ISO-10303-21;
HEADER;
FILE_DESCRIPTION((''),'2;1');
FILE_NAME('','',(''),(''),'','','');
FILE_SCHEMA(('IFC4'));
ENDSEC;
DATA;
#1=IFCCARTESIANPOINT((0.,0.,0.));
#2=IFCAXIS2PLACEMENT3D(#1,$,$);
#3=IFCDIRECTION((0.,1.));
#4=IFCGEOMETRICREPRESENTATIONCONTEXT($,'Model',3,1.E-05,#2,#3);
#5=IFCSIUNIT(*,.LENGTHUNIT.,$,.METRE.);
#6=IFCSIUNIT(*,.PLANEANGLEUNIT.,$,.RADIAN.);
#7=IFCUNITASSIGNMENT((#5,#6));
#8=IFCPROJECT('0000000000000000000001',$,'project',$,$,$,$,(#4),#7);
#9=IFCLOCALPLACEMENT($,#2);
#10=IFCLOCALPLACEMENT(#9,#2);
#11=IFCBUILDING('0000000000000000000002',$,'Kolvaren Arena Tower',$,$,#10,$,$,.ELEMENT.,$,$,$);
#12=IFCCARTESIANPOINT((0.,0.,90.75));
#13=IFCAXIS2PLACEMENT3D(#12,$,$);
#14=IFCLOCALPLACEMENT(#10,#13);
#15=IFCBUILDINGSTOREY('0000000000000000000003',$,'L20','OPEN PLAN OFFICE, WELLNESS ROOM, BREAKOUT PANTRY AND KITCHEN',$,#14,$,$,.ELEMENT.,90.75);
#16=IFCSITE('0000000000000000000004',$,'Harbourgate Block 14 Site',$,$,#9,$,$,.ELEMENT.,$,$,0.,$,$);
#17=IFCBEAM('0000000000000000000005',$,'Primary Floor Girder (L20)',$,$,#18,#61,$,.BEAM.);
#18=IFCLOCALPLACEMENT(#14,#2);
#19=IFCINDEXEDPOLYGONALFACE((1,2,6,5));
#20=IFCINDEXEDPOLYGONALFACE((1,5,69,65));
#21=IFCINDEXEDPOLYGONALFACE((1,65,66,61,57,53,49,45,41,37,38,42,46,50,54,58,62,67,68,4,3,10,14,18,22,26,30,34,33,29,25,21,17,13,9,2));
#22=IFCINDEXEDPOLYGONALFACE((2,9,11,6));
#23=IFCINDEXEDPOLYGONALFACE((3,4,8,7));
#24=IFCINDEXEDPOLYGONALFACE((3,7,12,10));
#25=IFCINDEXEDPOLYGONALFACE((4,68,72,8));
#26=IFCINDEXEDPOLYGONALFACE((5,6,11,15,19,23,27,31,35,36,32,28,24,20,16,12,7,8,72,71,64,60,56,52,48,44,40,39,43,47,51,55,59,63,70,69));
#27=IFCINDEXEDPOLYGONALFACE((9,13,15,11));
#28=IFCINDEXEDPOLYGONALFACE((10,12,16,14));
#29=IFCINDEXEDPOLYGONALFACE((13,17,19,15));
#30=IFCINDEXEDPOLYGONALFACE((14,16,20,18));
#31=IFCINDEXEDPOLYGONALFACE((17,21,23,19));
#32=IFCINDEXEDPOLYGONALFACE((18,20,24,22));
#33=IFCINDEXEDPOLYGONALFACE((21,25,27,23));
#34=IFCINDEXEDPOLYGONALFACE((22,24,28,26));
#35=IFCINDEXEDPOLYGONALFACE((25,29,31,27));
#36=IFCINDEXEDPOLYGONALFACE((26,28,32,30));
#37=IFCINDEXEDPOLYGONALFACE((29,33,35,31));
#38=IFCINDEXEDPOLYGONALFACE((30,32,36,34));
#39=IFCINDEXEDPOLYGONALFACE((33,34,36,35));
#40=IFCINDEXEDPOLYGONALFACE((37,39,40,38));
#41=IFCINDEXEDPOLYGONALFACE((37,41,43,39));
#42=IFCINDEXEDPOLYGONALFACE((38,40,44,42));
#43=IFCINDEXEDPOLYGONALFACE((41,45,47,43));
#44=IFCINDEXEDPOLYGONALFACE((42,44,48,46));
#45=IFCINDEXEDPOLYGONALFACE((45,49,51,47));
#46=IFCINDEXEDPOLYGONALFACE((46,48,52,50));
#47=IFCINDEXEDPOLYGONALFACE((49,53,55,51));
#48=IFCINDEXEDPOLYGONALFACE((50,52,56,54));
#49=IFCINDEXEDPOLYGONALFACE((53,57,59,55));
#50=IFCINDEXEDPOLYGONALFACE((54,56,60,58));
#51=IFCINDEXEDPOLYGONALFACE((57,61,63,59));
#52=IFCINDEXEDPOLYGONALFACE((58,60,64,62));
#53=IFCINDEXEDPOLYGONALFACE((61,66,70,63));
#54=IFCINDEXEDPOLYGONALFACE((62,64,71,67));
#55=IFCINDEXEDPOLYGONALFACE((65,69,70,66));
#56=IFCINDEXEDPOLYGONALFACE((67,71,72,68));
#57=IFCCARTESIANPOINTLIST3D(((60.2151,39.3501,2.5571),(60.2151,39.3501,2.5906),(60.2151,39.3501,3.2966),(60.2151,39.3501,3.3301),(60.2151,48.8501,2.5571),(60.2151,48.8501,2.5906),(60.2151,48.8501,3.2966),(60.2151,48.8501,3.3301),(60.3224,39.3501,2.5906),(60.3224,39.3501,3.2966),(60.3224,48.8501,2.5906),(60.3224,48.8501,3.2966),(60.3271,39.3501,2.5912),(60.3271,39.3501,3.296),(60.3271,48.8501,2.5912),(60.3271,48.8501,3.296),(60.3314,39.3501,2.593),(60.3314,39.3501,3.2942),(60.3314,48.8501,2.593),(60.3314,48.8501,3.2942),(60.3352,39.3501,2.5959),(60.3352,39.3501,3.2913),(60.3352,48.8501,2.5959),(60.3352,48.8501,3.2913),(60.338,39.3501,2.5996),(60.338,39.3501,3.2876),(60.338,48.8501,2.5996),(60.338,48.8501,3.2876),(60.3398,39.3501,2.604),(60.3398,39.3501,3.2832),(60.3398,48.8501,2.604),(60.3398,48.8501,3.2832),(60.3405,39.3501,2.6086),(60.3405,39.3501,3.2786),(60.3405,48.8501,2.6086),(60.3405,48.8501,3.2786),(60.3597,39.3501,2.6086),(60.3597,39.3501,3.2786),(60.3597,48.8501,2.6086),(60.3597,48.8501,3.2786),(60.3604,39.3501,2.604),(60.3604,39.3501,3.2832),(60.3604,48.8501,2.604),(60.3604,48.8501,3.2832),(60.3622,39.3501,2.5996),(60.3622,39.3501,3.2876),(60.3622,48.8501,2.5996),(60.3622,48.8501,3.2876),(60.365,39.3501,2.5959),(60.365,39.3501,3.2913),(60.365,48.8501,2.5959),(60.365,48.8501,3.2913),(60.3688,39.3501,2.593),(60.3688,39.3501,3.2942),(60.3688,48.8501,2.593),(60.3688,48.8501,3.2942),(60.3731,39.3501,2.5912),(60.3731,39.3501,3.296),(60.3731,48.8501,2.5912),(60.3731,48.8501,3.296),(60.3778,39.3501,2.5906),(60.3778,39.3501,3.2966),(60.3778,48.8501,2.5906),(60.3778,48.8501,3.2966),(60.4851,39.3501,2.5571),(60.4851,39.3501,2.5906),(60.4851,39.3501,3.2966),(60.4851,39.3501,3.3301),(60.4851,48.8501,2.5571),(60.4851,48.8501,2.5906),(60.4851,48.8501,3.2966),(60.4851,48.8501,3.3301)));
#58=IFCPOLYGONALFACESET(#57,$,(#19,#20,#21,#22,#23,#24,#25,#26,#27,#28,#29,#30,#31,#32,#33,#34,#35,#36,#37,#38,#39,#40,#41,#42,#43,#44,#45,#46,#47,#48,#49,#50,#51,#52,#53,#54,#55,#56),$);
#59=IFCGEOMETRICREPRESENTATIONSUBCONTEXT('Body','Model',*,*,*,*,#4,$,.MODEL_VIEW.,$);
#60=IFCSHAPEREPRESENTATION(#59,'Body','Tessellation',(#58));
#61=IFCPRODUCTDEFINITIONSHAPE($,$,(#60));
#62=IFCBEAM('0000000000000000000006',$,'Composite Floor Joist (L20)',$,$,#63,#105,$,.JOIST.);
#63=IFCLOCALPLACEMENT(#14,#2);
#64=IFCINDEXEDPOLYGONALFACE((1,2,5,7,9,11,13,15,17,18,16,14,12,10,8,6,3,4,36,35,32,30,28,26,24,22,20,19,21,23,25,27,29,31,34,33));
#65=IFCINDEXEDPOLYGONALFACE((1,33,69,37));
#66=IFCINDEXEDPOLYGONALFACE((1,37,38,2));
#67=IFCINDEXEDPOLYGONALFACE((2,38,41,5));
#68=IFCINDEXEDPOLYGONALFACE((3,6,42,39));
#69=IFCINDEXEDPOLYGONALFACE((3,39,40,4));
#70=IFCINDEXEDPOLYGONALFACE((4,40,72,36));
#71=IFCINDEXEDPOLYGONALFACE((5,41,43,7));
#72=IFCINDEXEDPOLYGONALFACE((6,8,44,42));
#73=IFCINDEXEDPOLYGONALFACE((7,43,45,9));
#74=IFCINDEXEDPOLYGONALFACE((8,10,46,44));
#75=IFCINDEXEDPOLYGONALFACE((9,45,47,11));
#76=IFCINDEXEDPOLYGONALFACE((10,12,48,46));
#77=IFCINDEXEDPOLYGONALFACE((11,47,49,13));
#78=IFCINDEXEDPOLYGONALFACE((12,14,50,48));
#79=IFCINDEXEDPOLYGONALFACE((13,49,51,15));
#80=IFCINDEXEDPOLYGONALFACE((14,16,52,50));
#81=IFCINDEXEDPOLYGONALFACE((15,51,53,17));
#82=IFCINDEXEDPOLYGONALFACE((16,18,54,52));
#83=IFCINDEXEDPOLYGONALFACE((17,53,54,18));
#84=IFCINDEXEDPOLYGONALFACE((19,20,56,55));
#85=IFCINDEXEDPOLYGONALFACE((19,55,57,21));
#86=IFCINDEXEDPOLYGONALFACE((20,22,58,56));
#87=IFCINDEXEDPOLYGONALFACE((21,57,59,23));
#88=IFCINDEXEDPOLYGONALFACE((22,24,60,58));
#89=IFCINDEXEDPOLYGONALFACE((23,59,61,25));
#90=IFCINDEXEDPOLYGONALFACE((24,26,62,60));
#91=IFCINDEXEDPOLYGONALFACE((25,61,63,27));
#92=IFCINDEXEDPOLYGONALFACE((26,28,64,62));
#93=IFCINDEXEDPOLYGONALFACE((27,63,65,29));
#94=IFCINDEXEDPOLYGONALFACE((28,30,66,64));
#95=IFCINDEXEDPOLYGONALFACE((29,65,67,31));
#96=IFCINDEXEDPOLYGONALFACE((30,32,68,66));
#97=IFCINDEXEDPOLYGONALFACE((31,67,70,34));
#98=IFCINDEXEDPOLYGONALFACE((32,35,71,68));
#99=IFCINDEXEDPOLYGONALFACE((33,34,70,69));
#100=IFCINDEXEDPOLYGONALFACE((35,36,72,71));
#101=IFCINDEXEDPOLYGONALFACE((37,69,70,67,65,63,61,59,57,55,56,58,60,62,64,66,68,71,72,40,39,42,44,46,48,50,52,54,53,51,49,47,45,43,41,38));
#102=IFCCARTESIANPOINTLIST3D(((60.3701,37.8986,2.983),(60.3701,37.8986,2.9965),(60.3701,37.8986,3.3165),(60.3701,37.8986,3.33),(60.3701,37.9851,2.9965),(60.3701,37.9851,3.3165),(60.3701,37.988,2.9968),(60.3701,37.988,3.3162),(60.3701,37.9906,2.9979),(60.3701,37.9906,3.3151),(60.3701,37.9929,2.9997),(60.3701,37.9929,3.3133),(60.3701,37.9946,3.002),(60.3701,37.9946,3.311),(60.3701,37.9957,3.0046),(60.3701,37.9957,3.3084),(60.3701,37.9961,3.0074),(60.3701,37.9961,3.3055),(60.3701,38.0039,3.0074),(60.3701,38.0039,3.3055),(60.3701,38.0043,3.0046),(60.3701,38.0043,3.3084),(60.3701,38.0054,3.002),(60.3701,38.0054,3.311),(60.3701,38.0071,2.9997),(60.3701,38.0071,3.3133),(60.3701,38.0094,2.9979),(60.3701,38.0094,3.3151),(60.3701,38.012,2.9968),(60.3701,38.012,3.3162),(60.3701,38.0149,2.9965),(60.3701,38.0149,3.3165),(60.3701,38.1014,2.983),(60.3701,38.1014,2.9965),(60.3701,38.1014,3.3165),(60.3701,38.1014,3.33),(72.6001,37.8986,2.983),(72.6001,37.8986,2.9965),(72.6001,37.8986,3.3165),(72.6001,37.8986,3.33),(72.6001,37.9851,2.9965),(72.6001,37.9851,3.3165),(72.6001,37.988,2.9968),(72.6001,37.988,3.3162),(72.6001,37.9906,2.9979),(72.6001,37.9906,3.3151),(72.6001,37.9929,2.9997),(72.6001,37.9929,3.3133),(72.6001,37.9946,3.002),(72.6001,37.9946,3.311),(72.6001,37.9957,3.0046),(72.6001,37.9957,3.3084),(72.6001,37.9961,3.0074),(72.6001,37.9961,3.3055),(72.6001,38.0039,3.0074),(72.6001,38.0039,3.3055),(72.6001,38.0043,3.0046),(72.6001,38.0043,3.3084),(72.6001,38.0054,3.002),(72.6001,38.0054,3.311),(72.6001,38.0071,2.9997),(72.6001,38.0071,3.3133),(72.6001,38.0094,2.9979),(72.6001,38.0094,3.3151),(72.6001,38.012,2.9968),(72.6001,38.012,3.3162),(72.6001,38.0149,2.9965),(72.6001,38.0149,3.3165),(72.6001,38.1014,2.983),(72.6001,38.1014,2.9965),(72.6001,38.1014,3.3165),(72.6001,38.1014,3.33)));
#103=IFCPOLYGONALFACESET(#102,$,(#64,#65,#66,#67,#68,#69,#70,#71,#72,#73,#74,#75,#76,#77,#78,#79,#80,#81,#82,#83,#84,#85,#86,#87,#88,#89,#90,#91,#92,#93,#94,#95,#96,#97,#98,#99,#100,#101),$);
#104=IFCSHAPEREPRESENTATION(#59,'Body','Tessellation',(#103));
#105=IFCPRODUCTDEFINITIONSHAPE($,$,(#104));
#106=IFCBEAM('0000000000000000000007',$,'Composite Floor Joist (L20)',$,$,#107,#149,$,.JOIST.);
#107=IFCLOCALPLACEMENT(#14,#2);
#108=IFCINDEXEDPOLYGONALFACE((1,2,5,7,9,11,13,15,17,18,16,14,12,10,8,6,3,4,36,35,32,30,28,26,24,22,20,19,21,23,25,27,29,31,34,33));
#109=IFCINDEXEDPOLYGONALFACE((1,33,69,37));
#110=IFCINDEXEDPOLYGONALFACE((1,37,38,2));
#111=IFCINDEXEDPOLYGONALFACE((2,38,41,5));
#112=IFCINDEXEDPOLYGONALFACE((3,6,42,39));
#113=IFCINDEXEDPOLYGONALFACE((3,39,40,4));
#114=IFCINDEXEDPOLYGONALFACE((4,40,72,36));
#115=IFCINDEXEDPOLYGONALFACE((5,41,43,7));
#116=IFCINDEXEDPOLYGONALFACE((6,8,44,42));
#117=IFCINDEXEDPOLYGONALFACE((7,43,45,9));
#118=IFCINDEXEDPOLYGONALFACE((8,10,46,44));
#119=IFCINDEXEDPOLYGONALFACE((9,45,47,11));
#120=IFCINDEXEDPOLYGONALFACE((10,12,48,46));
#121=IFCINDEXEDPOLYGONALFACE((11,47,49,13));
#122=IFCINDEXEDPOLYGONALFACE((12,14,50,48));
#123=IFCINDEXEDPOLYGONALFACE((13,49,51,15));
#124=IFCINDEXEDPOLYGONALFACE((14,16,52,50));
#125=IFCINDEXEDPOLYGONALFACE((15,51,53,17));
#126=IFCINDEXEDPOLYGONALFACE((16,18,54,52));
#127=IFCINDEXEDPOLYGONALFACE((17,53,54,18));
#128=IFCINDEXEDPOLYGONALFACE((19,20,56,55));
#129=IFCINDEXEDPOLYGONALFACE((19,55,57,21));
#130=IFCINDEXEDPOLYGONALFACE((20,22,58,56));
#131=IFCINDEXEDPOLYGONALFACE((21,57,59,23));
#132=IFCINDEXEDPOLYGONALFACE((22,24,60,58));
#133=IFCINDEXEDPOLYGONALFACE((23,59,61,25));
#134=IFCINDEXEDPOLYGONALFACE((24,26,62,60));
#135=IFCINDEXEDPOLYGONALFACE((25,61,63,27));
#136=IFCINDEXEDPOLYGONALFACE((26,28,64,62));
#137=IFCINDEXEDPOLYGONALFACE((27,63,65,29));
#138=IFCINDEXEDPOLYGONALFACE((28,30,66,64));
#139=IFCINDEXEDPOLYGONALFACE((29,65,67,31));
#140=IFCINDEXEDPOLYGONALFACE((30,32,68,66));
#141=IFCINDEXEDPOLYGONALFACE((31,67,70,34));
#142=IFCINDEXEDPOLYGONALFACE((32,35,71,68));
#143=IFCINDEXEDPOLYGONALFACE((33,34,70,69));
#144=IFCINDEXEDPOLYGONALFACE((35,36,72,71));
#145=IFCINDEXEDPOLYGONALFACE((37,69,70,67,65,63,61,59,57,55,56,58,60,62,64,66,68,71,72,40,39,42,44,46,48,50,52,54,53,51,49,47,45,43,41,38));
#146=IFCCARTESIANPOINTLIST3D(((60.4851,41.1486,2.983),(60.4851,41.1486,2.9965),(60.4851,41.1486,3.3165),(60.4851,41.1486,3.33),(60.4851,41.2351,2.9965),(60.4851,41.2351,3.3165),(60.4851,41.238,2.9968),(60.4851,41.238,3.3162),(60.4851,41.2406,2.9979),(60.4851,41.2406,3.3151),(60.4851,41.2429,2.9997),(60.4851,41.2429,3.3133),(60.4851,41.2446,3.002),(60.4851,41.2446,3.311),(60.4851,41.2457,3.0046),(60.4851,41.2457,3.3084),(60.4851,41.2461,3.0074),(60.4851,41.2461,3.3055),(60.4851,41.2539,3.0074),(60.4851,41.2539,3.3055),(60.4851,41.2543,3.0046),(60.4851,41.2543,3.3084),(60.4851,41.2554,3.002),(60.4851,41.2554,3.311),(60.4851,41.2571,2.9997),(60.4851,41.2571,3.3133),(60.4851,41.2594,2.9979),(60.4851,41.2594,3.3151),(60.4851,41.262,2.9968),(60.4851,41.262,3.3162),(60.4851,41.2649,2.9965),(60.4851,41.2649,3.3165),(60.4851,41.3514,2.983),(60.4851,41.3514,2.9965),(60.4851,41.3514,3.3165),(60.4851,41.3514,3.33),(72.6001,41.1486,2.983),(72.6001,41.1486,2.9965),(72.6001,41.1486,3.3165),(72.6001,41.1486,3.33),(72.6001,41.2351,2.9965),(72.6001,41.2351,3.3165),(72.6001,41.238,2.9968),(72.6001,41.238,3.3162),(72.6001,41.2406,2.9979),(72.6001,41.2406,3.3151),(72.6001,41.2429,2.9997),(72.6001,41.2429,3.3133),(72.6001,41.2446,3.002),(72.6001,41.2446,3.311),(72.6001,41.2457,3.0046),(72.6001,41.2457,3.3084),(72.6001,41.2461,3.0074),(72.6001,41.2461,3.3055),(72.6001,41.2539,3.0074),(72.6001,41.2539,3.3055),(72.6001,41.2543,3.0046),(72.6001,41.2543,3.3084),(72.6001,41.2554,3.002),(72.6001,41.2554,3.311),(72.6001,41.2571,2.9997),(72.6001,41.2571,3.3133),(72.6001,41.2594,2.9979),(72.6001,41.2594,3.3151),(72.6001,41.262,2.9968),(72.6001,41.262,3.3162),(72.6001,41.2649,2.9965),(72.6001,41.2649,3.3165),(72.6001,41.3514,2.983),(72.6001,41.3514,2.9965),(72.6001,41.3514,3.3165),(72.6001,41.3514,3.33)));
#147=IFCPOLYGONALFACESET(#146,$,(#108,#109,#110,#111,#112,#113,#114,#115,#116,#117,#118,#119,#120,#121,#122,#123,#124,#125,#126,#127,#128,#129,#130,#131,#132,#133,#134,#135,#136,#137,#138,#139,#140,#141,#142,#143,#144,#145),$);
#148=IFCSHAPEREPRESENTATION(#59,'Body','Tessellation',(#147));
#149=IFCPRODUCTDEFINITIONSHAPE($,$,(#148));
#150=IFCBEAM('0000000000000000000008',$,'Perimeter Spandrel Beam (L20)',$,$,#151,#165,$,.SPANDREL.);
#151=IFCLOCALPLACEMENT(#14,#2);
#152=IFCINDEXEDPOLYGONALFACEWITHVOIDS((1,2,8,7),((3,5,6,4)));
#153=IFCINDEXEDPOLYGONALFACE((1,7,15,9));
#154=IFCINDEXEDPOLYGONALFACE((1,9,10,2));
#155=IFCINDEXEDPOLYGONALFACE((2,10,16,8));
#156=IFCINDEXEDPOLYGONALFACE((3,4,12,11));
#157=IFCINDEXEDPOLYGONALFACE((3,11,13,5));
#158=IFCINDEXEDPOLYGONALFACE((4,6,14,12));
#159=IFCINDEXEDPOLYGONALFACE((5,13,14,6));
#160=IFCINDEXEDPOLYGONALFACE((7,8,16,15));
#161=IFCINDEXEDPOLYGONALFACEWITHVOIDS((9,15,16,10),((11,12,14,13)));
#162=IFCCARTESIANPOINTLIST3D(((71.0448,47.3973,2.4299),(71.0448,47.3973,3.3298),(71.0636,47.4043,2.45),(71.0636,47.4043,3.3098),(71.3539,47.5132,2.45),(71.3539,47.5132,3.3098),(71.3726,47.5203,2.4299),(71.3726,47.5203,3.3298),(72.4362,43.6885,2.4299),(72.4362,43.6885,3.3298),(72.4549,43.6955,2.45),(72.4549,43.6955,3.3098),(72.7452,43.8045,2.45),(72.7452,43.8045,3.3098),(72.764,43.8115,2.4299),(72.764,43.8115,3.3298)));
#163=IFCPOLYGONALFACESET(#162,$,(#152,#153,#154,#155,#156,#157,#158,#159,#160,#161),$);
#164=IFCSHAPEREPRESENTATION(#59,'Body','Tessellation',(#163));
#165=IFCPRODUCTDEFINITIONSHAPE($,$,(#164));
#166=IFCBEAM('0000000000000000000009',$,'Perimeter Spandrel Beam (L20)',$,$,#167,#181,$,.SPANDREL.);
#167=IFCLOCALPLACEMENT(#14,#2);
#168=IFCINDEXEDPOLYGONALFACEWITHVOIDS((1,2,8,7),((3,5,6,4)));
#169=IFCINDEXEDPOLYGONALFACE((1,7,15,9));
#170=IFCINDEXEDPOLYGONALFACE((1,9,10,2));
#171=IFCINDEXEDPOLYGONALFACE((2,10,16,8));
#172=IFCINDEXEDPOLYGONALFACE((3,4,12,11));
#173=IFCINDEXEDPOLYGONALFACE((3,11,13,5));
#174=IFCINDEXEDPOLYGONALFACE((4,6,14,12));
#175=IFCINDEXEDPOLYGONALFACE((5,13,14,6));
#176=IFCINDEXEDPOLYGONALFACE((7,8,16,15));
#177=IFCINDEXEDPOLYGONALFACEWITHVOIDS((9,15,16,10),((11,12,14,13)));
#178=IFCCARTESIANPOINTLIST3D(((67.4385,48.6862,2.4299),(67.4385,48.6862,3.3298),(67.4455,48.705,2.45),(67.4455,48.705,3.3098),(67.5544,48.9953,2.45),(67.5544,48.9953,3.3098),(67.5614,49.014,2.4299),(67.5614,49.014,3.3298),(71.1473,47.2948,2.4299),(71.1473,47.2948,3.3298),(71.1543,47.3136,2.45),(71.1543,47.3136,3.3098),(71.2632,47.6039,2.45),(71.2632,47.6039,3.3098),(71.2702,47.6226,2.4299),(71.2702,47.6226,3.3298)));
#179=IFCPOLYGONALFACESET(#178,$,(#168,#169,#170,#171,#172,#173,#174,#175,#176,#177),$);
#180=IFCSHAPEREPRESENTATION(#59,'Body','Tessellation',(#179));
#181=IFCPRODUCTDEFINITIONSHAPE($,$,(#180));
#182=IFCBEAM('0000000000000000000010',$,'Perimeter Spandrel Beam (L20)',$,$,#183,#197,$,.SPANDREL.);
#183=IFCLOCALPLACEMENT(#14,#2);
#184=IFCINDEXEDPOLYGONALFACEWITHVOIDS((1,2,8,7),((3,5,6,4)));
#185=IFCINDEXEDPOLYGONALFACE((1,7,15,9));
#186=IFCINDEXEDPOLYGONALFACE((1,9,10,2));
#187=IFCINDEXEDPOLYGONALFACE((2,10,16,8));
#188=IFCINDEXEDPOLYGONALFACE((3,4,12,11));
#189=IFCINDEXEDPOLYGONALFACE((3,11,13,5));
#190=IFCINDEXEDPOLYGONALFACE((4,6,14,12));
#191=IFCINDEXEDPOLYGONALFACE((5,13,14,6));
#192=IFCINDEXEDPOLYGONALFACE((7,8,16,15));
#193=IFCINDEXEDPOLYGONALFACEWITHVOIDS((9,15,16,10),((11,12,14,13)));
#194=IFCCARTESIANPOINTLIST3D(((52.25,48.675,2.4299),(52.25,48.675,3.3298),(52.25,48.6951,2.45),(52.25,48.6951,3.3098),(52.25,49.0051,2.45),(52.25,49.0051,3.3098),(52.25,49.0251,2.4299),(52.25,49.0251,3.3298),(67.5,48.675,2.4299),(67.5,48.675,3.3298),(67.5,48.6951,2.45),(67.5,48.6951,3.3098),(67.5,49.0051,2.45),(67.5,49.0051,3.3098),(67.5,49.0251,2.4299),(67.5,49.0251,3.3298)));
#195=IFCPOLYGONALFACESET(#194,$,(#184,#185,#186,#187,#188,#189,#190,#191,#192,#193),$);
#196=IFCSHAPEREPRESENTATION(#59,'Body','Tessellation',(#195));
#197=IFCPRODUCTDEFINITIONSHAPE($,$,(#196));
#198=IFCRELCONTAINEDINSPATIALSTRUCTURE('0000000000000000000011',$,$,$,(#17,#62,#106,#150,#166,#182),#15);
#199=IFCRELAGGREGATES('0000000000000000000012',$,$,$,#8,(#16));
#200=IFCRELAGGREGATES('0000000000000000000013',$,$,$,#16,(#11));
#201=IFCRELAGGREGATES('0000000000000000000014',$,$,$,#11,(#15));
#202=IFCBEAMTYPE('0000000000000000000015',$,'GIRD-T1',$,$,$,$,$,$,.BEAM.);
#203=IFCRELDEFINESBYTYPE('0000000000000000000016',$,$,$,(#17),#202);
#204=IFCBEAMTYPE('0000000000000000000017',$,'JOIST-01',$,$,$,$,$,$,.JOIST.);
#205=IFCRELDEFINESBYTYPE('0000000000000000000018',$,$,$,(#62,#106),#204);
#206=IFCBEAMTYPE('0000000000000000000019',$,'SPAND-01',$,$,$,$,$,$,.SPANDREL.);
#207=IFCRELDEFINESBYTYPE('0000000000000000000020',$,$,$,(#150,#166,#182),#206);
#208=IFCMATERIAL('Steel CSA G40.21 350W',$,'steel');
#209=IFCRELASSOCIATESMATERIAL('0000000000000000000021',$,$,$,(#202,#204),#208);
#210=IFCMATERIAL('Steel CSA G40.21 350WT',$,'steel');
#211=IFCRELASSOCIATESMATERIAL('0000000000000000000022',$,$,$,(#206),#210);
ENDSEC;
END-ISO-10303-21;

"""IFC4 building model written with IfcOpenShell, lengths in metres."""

from ifc_helpers import new_model, si_unit, direction, frame, origin, origin_2d, place, context, subcontext, project, spatial, hollow_rectangle, i_section, extrude, material, material_profile, profile_set, type_object, element, save


model = new_model("IFC4")

# Units and contexts
model_context = context("Model", 3, precision=1e-05, world=origin(), true_north=direction((0.0, 1.0)))
body_context = subcontext(model_context, "Body", "Model", "MODEL_VIEW")
ifc_project = project(units=[si_unit("LENGTHUNIT", "METRE"), si_unit("PLANEANGLEUNIT", "RADIAN")], contexts=[model_context])

# Site, building, storey
site_placement = place(None, origin())
site = spatial("IfcSite", under=ifc_project, at=site_placement, Name="Harbourgate Block 14 Site", CompositionType="ELEMENT", RefElevation=0.0)
building_placement = place(site_placement, origin())
building = spatial("IfcBuilding", under=site, at=building_placement, Name="Kolvaren Arena Tower", CompositionType="ELEMENT")
storey_placement = place(building_placement, frame((0.0, 0.0, 90.75)))
storey = spatial("IfcBuildingStorey", under=building, at=storey_placement, Name="L20", Description="OPEN PLAN OFFICE, WELLNESS ROOM, BREAKOUT PANTRY AND KITCHEN", CompositionType="ELEMENT", Elevation=90.75)

# Beams
ifc_material_1 = material(Name="Steel CSA G40.21 350W", Category="steel")
ifc_material_profile_1 = material_profile(ifc_material_1, i_section(OverallWidth=0.27, OverallDepth=0.7729, WebThickness=0.0193, FlangeThickness=0.0334, FilletRadius=0.0181, at=origin_2d()), Name="W760x257")
ifc_profile_set_1 = profile_set([ifc_material_profile_1], Name="Steel CSA G40.21 350W")
beam_type_1 = type_object("IfcBeamType", Name="GIRD-T1", PredefinedType="BEAM", material=ifc_profile_set_1)
beam_1_placement = place(storey_placement, frame((60.3501, 39.3501, 2.9436), z_axis=(0.0, 1.0, 0.0), x_axis=(-1.0, 0.0, 0.0)))
element("IfcBeam", 1, at=beam_1_placement, inside=storey, type_object=beam_type_1, Name="Primary Floor Girder (L20)", PredefinedType="BEAM", context=body_context, shape_type="SweptSolid", body=[
    extrude(i_section(OverallWidth=0.27, OverallDepth=0.7729, WebThickness=0.0193, FlangeThickness=0.0334, FilletRadius=0.0181, at=origin_2d()), origin(), (0.0, 0.0, 1.0), 9.5),
])
ifc_material_profile_2 = material_profile(ifc_material_1, i_section(OverallWidth=0.2029, OverallDepth=0.3469, WebThickness=0.0078, FlangeThickness=0.0134, FilletRadius=0.011, at=origin_2d()), Name="W360x64")
ifc_profile_set_2 = profile_set([ifc_material_profile_2], Name="Steel CSA G40.21 350W")
beam_type_2 = type_object("IfcBeamType", Name="JOIST-01", PredefinedType="JOIST", material=ifc_profile_set_2)
beam_2_placement = place(storey_placement, frame((60.3701, 38.0, 3.1565), z_axis=(1.0, 0.0, 0.0), x_axis=(0.0, 1.0, 0.0)))
element("IfcBeam", 2, at=beam_2_placement, inside=storey, type_object=beam_type_2, Name="Composite Floor Joist (L20)", PredefinedType="JOIST", context=body_context, shape_type="SweptSolid", body=[
    extrude(i_section(OverallWidth=0.2029, OverallDepth=0.3469, WebThickness=0.0078, FlangeThickness=0.0134, FilletRadius=0.011, at=origin_2d()), origin(), (0.0, 0.0, 1.0), 12.23),
])
beam_3_placement = place(storey_placement, frame((60.4851, 41.25, 3.1565), z_axis=(1.0, 0.0, 0.0), x_axis=(0.0, 1.0, 0.0)))
element("IfcBeam", 3, at=beam_3_placement, inside=storey, type_object=beam_type_2, Name="Composite Floor Joist (L20)", PredefinedType="JOIST", context=body_context, shape_type="SweptSolid", body=[
    extrude(i_section(OverallWidth=0.2029, OverallDepth=0.3469, WebThickness=0.0078, FlangeThickness=0.0134, FilletRadius=0.011, at=origin_2d()), origin(), (0.0, 0.0, 1.0), 12.115),
])
ifc_material_2 = material(Name="Steel CSA G40.21 350WT", Category="steel")
ifc_material_profile_3 = material_profile(ifc_material_2, hollow_rectangle(XDim=0.3501, YDim=0.8999, WallThickness=0.02, at=origin_2d()), Name="HSS 900x350x20")
ifc_profile_set_3 = profile_set([ifc_material_profile_3], Name="Steel CSA G40.21 350WT")
beam_type_3 = type_object("IfcBeamType", Name="SPAND-01", PredefinedType="SPANDREL", material=ifc_profile_set_3)
for number, where, z_axis, x_axis, name in (
    (4, (72.6001, 43.75, 2.8799), (-0.351252, 0.936281, 0.0), (-0.936281, -0.351252, 0.0), "Perimeter Spandrel Beam (L20)"),
    (5, (71.2087, 47.4587, 2.8799), (-0.936281, 0.351252, 0.0), (-0.351252, -0.936281, 0.0), "Perimeter Spandrel Beam (L20)"),
):
    element("IfcBeam", number, at=place(storey_placement, frame(where, z_axis=z_axis, x_axis=x_axis)), inside=storey, type_object=beam_type_3, Name=name, PredefinedType="SPANDREL", context=body_context, shape_type="SweptSolid", body=[
        extrude(hollow_rectangle(XDim=0.3501, YDim=0.8999, WallThickness=0.02, at=origin_2d()), origin(), (0.0, 0.0, 1.0), 3.9612),
    ])
beam_4_placement = place(storey_placement, frame((67.5, 48.8501, 2.8799), z_axis=(-1.0, 0.0, 0.0), x_axis=(0.0, -1.0, 0.0)))
element("IfcBeam", 6, at=beam_4_placement, inside=storey, type_object=beam_type_3, Name="Perimeter Spandrel Beam (L20)", PredefinedType="SPANDREL", context=body_context, shape_type="SweptSolid", body=[
    extrude(hollow_rectangle(XDim=0.3501, YDim=0.8999, WallThickness=0.02, at=origin_2d()), origin(), (0.0, 0.0, 1.0), 15.25),
])

save(model, "model.ifc")
